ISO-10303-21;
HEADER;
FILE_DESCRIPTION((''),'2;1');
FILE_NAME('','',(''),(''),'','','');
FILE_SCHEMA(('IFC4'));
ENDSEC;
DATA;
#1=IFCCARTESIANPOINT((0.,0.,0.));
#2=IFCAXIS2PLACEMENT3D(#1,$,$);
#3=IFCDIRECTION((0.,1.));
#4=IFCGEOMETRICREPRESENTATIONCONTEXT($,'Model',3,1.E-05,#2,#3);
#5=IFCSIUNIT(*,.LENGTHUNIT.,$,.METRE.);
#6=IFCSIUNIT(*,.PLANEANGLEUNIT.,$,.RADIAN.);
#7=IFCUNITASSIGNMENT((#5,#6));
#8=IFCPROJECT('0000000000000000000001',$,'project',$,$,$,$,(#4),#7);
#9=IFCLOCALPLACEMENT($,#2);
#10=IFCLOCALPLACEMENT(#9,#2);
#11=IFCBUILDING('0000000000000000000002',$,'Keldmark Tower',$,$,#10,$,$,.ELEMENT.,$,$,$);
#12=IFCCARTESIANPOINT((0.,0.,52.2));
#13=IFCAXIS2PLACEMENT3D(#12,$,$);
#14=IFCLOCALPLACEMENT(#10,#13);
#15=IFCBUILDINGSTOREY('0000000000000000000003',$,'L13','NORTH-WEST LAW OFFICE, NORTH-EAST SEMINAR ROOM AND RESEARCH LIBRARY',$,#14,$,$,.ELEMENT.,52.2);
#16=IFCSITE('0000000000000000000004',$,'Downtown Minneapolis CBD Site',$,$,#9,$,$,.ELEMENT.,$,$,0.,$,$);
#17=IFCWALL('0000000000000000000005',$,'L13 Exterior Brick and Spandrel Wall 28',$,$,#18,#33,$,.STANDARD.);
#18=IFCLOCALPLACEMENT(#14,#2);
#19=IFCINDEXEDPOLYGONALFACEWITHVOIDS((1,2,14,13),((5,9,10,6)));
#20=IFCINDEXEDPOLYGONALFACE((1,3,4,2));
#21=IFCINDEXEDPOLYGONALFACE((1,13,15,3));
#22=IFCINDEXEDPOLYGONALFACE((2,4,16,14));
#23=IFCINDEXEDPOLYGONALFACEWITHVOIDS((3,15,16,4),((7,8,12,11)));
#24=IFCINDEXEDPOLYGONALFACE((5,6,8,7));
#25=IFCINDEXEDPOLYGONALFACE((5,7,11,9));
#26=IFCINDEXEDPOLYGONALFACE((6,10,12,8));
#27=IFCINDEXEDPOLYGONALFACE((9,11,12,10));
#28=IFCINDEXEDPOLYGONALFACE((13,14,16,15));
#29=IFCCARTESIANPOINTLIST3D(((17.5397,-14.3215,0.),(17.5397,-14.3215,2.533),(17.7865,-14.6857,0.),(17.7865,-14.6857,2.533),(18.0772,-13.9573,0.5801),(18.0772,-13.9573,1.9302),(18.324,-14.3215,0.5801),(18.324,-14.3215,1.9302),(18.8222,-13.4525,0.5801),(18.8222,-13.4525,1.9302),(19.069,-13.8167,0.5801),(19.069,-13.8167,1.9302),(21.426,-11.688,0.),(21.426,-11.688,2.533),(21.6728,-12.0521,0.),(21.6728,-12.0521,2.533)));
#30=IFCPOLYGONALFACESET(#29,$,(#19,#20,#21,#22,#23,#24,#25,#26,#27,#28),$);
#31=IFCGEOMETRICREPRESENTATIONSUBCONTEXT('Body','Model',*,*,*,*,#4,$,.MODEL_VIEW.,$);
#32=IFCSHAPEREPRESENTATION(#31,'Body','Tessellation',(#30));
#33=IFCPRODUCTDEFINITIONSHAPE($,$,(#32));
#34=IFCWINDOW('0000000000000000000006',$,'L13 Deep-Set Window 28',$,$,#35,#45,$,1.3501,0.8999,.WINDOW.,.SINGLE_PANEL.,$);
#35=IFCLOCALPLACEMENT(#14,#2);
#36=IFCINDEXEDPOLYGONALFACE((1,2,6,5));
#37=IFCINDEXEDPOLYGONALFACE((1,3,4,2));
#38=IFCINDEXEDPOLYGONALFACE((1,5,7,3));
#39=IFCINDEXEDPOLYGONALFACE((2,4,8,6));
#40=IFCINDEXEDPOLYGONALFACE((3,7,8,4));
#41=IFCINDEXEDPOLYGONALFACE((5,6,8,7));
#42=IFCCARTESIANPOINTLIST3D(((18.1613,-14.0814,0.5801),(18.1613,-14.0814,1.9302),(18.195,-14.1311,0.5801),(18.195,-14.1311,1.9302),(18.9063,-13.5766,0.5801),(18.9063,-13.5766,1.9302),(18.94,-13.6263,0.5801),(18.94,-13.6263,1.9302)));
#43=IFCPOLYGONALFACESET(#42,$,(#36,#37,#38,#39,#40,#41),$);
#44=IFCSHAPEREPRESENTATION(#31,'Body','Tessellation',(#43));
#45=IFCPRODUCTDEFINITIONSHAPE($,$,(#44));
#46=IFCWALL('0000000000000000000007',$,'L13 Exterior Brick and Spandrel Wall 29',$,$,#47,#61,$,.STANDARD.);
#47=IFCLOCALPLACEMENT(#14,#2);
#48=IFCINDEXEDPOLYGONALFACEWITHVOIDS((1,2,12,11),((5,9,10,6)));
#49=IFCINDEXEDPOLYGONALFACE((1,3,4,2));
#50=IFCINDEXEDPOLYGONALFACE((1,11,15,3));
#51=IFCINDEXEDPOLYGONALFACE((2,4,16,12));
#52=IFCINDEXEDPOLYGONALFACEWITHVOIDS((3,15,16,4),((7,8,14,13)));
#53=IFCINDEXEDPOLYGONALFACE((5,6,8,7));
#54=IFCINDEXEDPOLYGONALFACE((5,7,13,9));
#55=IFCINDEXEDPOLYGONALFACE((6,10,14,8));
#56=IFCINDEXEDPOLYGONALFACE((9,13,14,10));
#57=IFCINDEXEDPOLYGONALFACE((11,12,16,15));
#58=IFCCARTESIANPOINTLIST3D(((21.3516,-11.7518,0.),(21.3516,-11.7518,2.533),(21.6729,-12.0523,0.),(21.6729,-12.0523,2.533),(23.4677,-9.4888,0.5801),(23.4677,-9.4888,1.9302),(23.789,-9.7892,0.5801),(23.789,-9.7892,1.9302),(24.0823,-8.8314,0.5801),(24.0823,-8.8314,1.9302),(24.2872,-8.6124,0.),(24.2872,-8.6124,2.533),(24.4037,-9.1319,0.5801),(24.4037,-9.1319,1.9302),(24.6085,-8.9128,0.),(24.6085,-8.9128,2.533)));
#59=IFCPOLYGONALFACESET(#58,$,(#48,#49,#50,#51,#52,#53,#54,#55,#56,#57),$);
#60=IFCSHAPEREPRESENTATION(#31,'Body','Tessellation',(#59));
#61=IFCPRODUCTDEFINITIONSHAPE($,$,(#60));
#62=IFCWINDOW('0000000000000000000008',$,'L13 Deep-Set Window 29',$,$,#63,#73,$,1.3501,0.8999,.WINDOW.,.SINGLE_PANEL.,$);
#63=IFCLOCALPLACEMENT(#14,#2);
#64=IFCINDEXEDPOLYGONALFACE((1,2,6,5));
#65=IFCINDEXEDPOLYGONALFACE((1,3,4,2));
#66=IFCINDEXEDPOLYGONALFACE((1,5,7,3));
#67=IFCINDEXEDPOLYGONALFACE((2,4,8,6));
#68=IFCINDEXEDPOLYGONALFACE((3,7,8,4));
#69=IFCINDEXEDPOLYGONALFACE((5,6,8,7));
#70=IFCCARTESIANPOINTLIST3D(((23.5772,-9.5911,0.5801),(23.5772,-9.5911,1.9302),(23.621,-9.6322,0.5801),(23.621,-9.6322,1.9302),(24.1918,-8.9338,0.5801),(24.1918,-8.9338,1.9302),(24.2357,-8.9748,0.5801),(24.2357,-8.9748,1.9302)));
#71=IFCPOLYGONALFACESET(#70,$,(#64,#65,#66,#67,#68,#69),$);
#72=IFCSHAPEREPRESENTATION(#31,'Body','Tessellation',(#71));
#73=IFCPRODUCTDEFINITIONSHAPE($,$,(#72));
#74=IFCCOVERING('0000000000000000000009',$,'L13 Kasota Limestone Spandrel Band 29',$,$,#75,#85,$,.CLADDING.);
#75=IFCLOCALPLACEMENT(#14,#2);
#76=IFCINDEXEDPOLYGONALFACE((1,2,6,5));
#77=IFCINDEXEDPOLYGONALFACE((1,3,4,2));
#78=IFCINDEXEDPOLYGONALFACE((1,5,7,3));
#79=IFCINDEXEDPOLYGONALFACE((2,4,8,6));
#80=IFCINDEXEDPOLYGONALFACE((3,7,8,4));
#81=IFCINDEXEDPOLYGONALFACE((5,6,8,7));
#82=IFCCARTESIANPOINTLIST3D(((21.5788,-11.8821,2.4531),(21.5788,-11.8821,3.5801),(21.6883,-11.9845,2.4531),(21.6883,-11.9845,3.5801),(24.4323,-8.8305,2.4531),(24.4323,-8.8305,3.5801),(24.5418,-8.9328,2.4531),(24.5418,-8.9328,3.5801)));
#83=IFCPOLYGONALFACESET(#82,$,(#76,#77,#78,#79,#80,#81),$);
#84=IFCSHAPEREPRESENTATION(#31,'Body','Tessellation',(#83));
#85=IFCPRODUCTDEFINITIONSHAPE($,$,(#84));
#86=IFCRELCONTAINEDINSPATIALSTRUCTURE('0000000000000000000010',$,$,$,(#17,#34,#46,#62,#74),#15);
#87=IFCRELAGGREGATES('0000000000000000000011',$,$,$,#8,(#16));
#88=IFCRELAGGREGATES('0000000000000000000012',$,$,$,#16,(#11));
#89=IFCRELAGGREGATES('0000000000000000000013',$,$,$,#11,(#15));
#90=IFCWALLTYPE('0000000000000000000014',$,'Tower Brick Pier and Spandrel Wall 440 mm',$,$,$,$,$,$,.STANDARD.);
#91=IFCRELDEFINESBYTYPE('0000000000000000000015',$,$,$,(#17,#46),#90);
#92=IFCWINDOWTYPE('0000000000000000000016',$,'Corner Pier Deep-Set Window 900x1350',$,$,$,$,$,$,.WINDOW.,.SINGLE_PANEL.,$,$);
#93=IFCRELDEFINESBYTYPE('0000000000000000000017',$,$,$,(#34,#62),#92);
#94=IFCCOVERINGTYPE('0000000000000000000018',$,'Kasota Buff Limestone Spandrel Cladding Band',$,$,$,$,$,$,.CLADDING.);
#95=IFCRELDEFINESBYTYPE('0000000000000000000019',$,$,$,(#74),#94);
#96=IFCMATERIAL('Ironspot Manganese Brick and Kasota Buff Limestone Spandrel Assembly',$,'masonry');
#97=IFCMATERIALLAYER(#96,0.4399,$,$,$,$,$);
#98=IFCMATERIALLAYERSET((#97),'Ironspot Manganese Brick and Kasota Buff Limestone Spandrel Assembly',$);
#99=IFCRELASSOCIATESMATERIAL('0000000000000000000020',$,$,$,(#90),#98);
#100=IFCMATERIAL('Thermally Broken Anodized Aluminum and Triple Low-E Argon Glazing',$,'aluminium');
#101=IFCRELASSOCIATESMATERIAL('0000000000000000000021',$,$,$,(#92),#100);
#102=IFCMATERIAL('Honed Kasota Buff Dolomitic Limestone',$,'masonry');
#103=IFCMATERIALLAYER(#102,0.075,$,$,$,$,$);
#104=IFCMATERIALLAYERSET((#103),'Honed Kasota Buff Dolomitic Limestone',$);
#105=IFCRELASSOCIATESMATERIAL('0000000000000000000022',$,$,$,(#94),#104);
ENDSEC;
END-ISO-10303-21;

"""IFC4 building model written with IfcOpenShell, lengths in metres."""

from ifc_helpers import new_model, si_unit, direction, frame, frame_2d, origin, origin_2d, place, context, subcontext, project, spatial, rectangle, extrude, material, layer, layer_set, type_object, element, fill, save


model = new_model("IFC4")

# Units and contexts
model_context = context("Model", 3, precision=1e-05, world=origin(), true_north=direction((0.0, 1.0)))
body_context = subcontext(model_context, "Body", "Model", "MODEL_VIEW")
ifc_project = project(units=[si_unit("LENGTHUNIT", "METRE"), si_unit("PLANEANGLEUNIT", "RADIAN")], contexts=[model_context])

# Site, building, storey
site_placement = place(None, origin())
site = spatial("IfcSite", under=ifc_project, at=site_placement, Name="Downtown Minneapolis CBD Site", CompositionType="ELEMENT", RefElevation=0.0)
building_placement = place(site_placement, origin())
building = spatial("IfcBuilding", under=site, at=building_placement, Name="Keldmark Tower", CompositionType="ELEMENT")
storey_placement = place(building_placement, frame((0.0, 0.0, 52.2)))
storey = spatial("IfcBuildingStorey", under=building, at=storey_placement, Name="L13", Description="NORTH-WEST LAW OFFICE, NORTH-EAST SEMINAR ROOM AND RESEARCH LIBRARY", CompositionType="ELEMENT", Elevation=52.2)

# Walls, openings, windows
ifc_material_1 = material(Name="Ironspot Manganese Brick and Kasota Buff Limestone Spandrel Assembly", Category="masonry")
ifc_layer_1 = layer(ifc_material_1, 0.4399)
ifc_layer_set_1 = layer_set([ifc_layer_1], Name="Ironspot Manganese Brick and Kasota Buff Limestone Spandrel Assembly")
wall_type_1 = type_object("IfcWallType", Name="Tower Brick Pier and Spandrel Wall 440 mm", PredefinedType="STANDARD", material=ifc_layer_set_1)
ifc_material_2 = material(Name="Thermally Broken Anodized Aluminum and Triple Low-E Argon Glazing", Category="aluminium")
window_type = type_object("IfcWindowType", Name="Corner Pier Deep-Set Window 900x1350", PartitioningType="SINGLE_PANEL", PredefinedType="WINDOW", material=ifc_material_2)
wall_1_placement = place(storey_placement, frame((21.5493, -11.8701, 0.0), z_axis=(0.0, 0.0, 1.0), x_axis=(-0.827826, -0.560985, 0.0)))
wall_1 = element("IfcWall", 1, at=wall_1_placement, inside=storey, type_object=wall_type_1, Name="L13 Exterior Brick and Spandrel Wall 28", PredefinedType="STANDARD", context=body_context, shape_type="SweptSolid", body=[
    extrude(rectangle(XDim=4.6946, YDim=0.4399, at=frame_2d((2.3472, 0.0))), origin(), (0.0, 0.0, 1.0), 2.533),
])
opening_1_placement = place(wall_1_placement, frame((3.1453, 0.0, 0.5801)))
opening_1 = element("IfcOpeningElement", 2, at=opening_1_placement, cuts=wall_1, PredefinedType="OPENING", context=body_context, shape_type="SweptSolid", body=[
    extrude(rectangle(XDim=0.8999, YDim=1.3501, at=frame_2d((0.45, 0.675))), frame((0.0, 0.23, 0.0), z_axis=(0.0, -1.0, 0.0), x_axis=(1.0, 0.0, 0.0)), (0.0, 0.0, 1.0), 0.46),
])
window_1_placement = place(opening_1_placement, origin())
window_1 = element("IfcWindow", 3, at=window_1_placement, inside=storey, type_object=window_type, Name="L13 Deep-Set Window 28", OverallHeight=1.3501, OverallWidth=0.8999, PartitioningType="SINGLE_PANEL", PredefinedType="WINDOW", context=body_context, shape_type="SweptSolid", body=[
    extrude(rectangle(XDim=0.8999, YDim=1.3501, at=frame_2d((0.45, 0.675))), frame((0.0, -0.01, 0.0), z_axis=(0.0, -1.0, 0.0), x_axis=(1.0, 0.0, 0.0)), (0.0, 0.0, 1.0), 0.0601),
])
fill(opening_1, window_1)
wall_2_placement = place(storey_placement, frame((24.4478, -8.7627, 0.0), z_axis=(0.0, 0.0, 1.0), x_axis=(-0.682994, -0.730424, 0.0)))
wall_2 = element("IfcWall", 4, at=wall_2_placement, inside=storey, type_object=wall_type_1, Name="L13 Exterior Brick and Spandrel Wall 29", PredefinedType="STANDARD", context=body_context, shape_type="SweptSolid", body=[
    extrude(rectangle(XDim=4.2981, YDim=0.4399, at=frame_2d((2.1489, 0.0))), origin(), (0.0, 0.0, 1.0), 2.533),
])
opening_2_placement = place(wall_2_placement, frame((0.2998, 0.0, 0.5801)))
opening_2 = element("IfcOpeningElement", 5, at=opening_2_placement, cuts=wall_2, PredefinedType="OPENING", context=body_context, shape_type="SweptSolid", body=[
    extrude(rectangle(XDim=0.8999, YDim=1.3501, at=frame_2d((0.45, 0.675))), frame((0.0, 0.23, 0.0), z_axis=(0.0, -1.0, 0.0), x_axis=(1.0, 0.0, 0.0)), (0.0, 0.0, 1.0), 0.46),
])
window_2_placement = place(opening_2_placement, origin())
window_2 = element("IfcWindow", 6, at=window_2_placement, inside=storey, type_object=window_type, Name="L13 Deep-Set Window 29", OverallHeight=1.3501, OverallWidth=0.8999, PartitioningType="SINGLE_PANEL", PredefinedType="WINDOW", context=body_context, shape_type="SweptSolid", body=[
    extrude(rectangle(XDim=0.8999, YDim=1.3501, at=frame_2d((0.45, 0.675))), frame((0.0, -0.01, 0.0), z_axis=(0.0, -1.0, 0.0), x_axis=(1.0, 0.0, 0.0)), (0.0, 0.0, 1.0), 0.0601),
])
fill(opening_2, window_2)

# Covering
ifc_material_3 = material(Name="Honed Kasota Buff Dolomitic Limestone", Category="masonry")
ifc_layer_2 = layer(ifc_material_3, 0.075)
ifc_layer_set_2 = layer_set([ifc_layer_2], Name="Honed Kasota Buff Dolomitic Limestone")
covering_type = type_object("IfcCoveringType", Name="Kasota Buff Limestone Spandrel Cladding Band", PredefinedType="CLADDING", material=ifc_layer_set_2)
covering_placement = place(storey_placement, frame((23.0603, -10.4075, 2.4531), z_axis=(0.0, 0.0, 1.0), x_axis=(0.683006, 0.730413, 0.0)))
element("IfcCovering", 7, at=covering_placement, inside=storey, type_object=covering_type, Name="L13 Kasota Limestone Spandrel Band 29", PredefinedType="CLADDING", context=body_context, shape_type="SweptSolid", body=[
    extrude(rectangle(XDim=4.178, YDim=0.1499, at=origin_2d()), origin(), (0.0, 0.0, 1.0), 1.127),
])

save(model, "model.ifc")
